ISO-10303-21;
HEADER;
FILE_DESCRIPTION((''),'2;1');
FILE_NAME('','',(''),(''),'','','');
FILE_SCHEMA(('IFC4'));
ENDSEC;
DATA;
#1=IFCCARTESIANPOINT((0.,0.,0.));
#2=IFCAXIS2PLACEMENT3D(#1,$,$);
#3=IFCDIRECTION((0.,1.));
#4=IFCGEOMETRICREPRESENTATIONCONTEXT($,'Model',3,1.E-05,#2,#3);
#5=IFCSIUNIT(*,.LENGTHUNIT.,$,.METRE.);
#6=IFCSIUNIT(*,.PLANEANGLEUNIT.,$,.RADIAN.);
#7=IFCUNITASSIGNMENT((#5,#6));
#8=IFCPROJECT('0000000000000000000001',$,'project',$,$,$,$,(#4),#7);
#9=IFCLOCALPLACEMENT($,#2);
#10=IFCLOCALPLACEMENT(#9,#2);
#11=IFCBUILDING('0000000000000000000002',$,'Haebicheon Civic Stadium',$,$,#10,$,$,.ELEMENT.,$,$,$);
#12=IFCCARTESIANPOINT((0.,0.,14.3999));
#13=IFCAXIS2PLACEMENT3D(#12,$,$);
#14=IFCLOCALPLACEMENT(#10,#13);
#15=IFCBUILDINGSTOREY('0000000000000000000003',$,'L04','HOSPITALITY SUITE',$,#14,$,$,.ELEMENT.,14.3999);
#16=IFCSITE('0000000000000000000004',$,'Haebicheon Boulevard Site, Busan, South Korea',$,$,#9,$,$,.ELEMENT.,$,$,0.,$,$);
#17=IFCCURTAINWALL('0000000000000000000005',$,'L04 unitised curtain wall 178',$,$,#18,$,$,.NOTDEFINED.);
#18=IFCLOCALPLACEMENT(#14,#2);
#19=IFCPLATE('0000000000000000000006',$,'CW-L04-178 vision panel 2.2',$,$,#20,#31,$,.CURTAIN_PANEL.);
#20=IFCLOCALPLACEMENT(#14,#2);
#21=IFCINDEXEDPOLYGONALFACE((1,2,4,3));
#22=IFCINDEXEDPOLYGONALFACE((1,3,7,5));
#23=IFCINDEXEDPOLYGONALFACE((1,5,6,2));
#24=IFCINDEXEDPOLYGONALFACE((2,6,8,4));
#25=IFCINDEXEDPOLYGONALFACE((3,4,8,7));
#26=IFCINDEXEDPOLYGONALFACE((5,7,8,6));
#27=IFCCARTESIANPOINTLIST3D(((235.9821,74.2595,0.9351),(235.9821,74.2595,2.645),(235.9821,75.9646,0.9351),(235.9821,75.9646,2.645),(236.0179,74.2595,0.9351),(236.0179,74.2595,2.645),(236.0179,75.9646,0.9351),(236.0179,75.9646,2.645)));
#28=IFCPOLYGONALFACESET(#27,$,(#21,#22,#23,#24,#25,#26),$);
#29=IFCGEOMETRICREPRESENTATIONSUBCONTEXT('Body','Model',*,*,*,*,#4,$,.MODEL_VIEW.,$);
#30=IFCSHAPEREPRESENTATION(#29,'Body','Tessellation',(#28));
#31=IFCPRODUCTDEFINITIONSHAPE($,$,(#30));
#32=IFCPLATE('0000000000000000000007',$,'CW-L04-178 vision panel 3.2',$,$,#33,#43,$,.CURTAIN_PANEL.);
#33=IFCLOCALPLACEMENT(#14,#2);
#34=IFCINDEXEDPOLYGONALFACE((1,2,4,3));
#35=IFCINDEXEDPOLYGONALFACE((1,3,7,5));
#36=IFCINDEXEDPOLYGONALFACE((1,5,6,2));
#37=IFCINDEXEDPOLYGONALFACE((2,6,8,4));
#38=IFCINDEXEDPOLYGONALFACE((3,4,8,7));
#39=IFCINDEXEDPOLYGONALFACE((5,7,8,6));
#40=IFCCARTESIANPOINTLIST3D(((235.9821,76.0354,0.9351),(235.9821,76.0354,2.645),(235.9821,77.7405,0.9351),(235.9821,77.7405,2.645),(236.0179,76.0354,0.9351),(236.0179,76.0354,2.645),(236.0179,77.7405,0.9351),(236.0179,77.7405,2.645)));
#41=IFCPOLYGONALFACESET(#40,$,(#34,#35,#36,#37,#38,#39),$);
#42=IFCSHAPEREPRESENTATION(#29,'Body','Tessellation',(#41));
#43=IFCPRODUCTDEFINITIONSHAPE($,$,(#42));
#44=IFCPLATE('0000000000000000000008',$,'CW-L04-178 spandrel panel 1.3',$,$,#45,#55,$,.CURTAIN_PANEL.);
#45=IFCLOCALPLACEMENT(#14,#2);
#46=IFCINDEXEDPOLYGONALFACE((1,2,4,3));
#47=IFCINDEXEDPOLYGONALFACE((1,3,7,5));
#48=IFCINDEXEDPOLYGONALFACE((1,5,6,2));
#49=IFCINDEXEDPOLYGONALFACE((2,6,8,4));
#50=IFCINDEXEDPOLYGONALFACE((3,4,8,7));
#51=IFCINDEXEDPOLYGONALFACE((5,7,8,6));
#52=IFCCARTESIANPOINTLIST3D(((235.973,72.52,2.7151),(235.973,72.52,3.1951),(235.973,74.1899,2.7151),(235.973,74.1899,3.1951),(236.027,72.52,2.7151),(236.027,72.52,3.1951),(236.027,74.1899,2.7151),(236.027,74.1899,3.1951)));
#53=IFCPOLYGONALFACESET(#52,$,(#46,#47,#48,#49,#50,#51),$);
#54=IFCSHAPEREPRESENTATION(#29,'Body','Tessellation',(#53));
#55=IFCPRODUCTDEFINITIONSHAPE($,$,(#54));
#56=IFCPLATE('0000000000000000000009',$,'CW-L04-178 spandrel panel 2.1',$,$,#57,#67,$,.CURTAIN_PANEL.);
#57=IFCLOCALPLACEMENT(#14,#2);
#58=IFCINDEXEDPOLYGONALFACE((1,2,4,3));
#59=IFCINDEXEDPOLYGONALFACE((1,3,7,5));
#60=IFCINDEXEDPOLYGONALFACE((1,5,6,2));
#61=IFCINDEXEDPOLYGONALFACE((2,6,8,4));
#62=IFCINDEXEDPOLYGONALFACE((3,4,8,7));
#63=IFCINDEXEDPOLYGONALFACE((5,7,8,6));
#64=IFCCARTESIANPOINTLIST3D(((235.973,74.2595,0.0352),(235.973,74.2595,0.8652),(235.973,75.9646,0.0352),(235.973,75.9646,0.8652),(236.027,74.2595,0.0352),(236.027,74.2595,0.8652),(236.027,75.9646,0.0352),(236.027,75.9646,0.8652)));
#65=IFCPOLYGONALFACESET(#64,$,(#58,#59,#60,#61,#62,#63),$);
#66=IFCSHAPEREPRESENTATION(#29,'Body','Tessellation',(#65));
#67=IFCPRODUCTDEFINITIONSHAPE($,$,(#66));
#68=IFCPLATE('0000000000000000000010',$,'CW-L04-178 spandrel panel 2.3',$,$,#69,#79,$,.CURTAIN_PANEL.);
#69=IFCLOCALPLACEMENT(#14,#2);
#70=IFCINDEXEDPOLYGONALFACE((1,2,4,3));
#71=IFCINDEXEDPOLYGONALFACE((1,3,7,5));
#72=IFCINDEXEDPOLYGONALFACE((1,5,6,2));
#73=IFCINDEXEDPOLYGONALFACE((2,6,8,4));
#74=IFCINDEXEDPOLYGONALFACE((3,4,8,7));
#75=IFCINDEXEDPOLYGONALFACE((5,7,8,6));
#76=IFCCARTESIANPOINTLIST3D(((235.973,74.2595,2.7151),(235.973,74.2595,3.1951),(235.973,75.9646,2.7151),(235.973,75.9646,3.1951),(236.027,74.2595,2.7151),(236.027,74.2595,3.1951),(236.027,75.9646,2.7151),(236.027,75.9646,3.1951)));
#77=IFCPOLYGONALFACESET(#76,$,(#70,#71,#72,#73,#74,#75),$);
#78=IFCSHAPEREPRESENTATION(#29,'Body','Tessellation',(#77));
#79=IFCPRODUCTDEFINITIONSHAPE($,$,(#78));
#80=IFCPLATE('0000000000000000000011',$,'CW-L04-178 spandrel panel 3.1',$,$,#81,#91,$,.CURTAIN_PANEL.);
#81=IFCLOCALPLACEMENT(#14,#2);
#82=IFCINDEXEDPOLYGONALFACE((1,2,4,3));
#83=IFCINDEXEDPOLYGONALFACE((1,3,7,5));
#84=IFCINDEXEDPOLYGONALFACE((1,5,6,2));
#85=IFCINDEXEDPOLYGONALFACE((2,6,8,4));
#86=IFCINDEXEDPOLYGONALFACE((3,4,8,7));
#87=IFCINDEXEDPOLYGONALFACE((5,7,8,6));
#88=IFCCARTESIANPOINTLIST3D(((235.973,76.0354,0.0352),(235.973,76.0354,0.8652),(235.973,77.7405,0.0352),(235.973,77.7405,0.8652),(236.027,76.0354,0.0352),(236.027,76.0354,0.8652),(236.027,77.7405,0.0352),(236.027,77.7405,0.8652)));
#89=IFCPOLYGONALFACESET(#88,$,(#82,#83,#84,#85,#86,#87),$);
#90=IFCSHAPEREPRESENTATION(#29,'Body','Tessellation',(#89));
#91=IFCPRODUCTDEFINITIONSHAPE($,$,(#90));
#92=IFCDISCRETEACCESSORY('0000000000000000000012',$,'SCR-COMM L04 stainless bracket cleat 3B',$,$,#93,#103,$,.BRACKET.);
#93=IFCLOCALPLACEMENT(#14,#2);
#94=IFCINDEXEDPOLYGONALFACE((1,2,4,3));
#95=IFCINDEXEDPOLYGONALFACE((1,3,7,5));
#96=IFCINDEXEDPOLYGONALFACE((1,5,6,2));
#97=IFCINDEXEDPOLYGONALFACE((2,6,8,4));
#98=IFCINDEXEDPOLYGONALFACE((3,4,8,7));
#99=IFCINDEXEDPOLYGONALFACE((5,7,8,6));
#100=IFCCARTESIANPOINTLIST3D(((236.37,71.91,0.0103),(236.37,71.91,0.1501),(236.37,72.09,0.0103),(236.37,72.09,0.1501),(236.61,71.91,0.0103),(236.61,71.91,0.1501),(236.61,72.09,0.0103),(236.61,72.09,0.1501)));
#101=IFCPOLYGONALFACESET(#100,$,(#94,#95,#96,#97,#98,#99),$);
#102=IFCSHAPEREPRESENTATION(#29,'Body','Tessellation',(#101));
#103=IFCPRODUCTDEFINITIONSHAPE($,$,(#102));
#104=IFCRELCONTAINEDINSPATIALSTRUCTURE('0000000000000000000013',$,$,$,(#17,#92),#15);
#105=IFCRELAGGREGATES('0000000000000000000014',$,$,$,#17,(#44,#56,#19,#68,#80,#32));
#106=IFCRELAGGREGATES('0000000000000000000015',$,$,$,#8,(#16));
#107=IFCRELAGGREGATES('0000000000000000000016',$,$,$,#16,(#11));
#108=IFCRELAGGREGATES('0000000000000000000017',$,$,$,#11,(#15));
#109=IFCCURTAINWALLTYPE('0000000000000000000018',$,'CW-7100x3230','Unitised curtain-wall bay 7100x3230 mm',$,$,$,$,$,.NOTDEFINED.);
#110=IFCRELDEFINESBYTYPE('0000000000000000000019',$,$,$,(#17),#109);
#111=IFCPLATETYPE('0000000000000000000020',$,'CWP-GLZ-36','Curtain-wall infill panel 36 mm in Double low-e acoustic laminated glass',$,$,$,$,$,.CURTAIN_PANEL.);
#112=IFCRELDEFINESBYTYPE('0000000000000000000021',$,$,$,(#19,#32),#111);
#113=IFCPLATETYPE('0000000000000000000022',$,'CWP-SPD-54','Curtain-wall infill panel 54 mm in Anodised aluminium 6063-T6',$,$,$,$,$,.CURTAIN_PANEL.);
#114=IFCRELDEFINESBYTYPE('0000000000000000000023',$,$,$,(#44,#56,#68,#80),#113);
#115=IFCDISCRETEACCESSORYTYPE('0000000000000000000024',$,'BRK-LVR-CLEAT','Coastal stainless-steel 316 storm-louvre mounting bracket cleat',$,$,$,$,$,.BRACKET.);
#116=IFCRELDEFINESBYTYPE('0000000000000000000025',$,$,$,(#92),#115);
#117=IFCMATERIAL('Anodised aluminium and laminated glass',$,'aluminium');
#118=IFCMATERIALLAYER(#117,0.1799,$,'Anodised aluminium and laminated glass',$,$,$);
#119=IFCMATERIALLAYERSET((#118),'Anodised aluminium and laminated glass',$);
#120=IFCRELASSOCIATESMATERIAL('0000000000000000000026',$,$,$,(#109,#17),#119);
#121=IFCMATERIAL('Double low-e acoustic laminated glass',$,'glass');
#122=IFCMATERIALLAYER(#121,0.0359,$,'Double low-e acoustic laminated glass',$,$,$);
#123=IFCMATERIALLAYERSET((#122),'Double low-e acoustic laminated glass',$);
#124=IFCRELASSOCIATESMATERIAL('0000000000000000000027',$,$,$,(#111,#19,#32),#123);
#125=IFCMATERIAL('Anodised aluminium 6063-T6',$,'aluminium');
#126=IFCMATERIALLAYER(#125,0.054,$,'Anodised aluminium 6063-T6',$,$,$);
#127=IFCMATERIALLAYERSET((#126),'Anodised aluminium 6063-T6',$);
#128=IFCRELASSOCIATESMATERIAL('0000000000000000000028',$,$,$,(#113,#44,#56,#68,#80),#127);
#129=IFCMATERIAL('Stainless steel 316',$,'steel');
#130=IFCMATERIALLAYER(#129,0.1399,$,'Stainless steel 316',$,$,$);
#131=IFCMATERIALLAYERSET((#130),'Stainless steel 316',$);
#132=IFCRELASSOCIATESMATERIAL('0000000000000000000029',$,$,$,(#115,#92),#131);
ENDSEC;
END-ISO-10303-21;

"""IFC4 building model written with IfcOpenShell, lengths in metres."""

from ifc_helpers import new_model, si_unit, direction, frame, origin, origin_2d, place, context, subcontext, project, spatial, rectangle, extrude, material, layer, layer_set, type_object, element, aggregate, save


model = new_model("IFC4")

# Units and contexts
model_context = context("Model", 3, precision=1e-05, world=origin(), true_north=direction((0.0, 1.0)))
body_context = subcontext(model_context, "Body", "Model", "MODEL_VIEW")
ifc_project = project(units=[si_unit("LENGTHUNIT", "METRE"), si_unit("PLANEANGLEUNIT", "RADIAN")], contexts=[model_context])

# Site, building, storey
site_placement = place(None, origin())
site = spatial("IfcSite", under=ifc_project, at=site_placement, Name="Haebicheon Boulevard Site, Busan, South Korea", CompositionType="ELEMENT", RefElevation=0.0)
building_placement = place(site_placement, origin())
building = spatial("IfcBuilding", under=site, at=building_placement, Name="Haebicheon Civic Stadium", CompositionType="ELEMENT")
storey_placement = place(building_placement, frame((0.0, 0.0, 14.3999)))
storey = spatial("IfcBuildingStorey", under=building, at=storey_placement, Name="L04", Description="HOSPITALITY SUITE", CompositionType="ELEMENT", Elevation=14.3999)

# Curtain wall
ifc_material_1 = material(Name="Anodised aluminium and laminated glass", Category="aluminium")
ifc_layer_1 = layer(ifc_material_1, 0.1799, Name="Anodised aluminium and laminated glass")
ifc_layer_set_1 = layer_set([ifc_layer_1], Name="Anodised aluminium and laminated glass")
curtain_wall_type = type_object("IfcCurtainWallType", Name="CW-7100x3230", Description="Unitised curtain-wall bay 7100x3230 mm", PredefinedType="NOTDEFINED", material=ifc_layer_set_1)
curtain_wall_placement = place(storey_placement, origin())
curtain_wall = element("IfcCurtainWall", 1, at=curtain_wall_placement, inside=storey, type_object=curtain_wall_type, material=ifc_layer_set_1, Name="L04 unitised curtain wall 178", PredefinedType="NOTDEFINED")

# Plates
ifc_material_2 = material(Name="Double low-e acoustic laminated glass", Category="glass")
ifc_layer_2 = layer(ifc_material_2, 0.0359, Name="Double low-e acoustic laminated glass")
ifc_layer_set_2 = layer_set([ifc_layer_2], Name="Double low-e acoustic laminated glass")
plate_type_1 = type_object("IfcPlateType", Name="CWP-GLZ-36", Description="Curtain-wall infill panel 36 mm in Double low-e acoustic laminated glass", PredefinedType="CURTAIN_PANEL", material=ifc_layer_set_2)
plate_1_placement = place(storey_placement, frame((236.0, 75.1121, 0.9351), z_axis=(0.0, 0.0, 1.0), x_axis=(0.0, 1.0, 0.0)))
plate_1 = element("IfcPlate", 2, at=plate_1_placement, type_object=plate_type_1, material=ifc_layer_set_2, Name="CW-L04-178 vision panel 2.2", PredefinedType="CURTAIN_PANEL", context=body_context, shape_type="SweptSolid", body=[
    extrude(rectangle(XDim=1.7051, YDim=0.0359, at=origin_2d()), origin(), (0.0, 0.0, 1.0), 1.71),
])
plate_2_placement = place(storey_placement, frame((236.0, 76.8879, 0.9351), z_axis=(0.0, 0.0, 1.0), x_axis=(0.0, 1.0, 0.0)))
plate_2 = element("IfcPlate", 3, at=plate_2_placement, type_object=plate_type_1, material=ifc_layer_set_2, Name="CW-L04-178 vision panel 3.2", PredefinedType="CURTAIN_PANEL", context=body_context, shape_type="SweptSolid", body=[
    extrude(rectangle(XDim=1.7051, YDim=0.0359, at=origin_2d()), origin(), (0.0, 0.0, 1.0), 1.71),
])
ifc_material_3 = material(Name="Anodised aluminium 6063-T6", Category="aluminium")
ifc_layer_3 = layer(ifc_material_3, 0.054, Name="Anodised aluminium 6063-T6")
ifc_layer_set_3 = layer_set([ifc_layer_3], Name="Anodised aluminium 6063-T6")
plate_type_2 = type_object("IfcPlateType", Name="CWP-SPD-54", Description="Curtain-wall infill panel 54 mm in Anodised aluminium 6063-T6", PredefinedType="CURTAIN_PANEL", material=ifc_layer_set_3)
plate_3_placement = place(storey_placement, frame((236.0, 73.355, 2.7151), z_axis=(0.0, 0.0, 1.0), x_axis=(0.0, 1.0, 0.0)))
plate_3 = element("IfcPlate", 4, at=plate_3_placement, type_object=plate_type_2, material=ifc_layer_set_3, Name="CW-L04-178 spandrel panel 1.3", PredefinedType="CURTAIN_PANEL", context=body_context, shape_type="SweptSolid", body=[
    extrude(rectangle(XDim=1.6699, YDim=0.054, at=origin_2d()), origin(), (0.0, 0.0, 1.0), 0.48),
])
plate_4_placement = place(storey_placement, frame((236.0, 75.1121, 0.0352), z_axis=(0.0, 0.0, 1.0), x_axis=(0.0, 1.0, 0.0)))
plate_4 = element("IfcPlate", 5, at=plate_4_placement, type_object=plate_type_2, material=ifc_layer_set_3, Name="CW-L04-178 spandrel panel 2.1", PredefinedType="CURTAIN_PANEL", context=body_context, shape_type="SweptSolid", body=[
    extrude(rectangle(XDim=1.7051, YDim=0.054, at=origin_2d()), origin(), (0.0, 0.0, 1.0), 0.8301),
])
plate_5_placement = place(storey_placement, frame((236.0, 75.1121, 2.7151), z_axis=(0.0, 0.0, 1.0), x_axis=(0.0, 1.0, 0.0)))
plate_5 = element("IfcPlate", 6, at=plate_5_placement, type_object=plate_type_2, material=ifc_layer_set_3, Name="CW-L04-178 spandrel panel 2.3", PredefinedType="CURTAIN_PANEL", context=body_context, shape_type="SweptSolid", body=[
    extrude(rectangle(XDim=1.7051, YDim=0.054, at=origin_2d()), origin(), (0.0, 0.0, 1.0), 0.48),
])
plate_6_placement = place(storey_placement, frame((236.0, 76.8879, 0.0352), z_axis=(0.0, 0.0, 1.0), x_axis=(0.0, 1.0, 0.0)))
plate_6 = element("IfcPlate", 7, at=plate_6_placement, type_object=plate_type_2, material=ifc_layer_set_3, Name="CW-L04-178 spandrel panel 3.1", PredefinedType="CURTAIN_PANEL", context=body_context, shape_type="SweptSolid", body=[
    extrude(rectangle(XDim=1.7051, YDim=0.054, at=origin_2d()), origin(), (0.0, 0.0, 1.0), 0.8301),
])
aggregate(curtain_wall, [plate_3, plate_4, plate_1, plate_5, plate_6, plate_2])

# Discrete accessory
ifc_material_4 = material(Name="Stainless steel 316", Category="steel")
ifc_layer_4 = layer(ifc_material_4, 0.1399, Name="Stainless steel 316")
ifc_layer_set_4 = layer_set([ifc_layer_4], Name="Stainless steel 316")
discrete_accessory_type = type_object("IfcDiscreteAccessoryType", Name="BRK-LVR-CLEAT", Description="Coastal stainless-steel 316 storm-louvre mounting bracket cleat", PredefinedType="BRACKET", material=ifc_layer_set_4)
discrete_accessory_placement = place(storey_placement, frame((236.49, 72.0, 0.0103), z_axis=(0.0, 0.0, 1.0), x_axis=(1.0, 0.0, 0.0)))
element("IfcDiscreteAccessory", 8, at=discrete_accessory_placement, inside=storey, type_object=discrete_accessory_type, material=ifc_layer_set_4, Name="SCR-COMM L04 stainless bracket cleat 3B", PredefinedType="BRACKET", context=body_context, shape_type="SweptSolid", body=[
    extrude(rectangle(XDim=0.24, YDim=0.1799, at=origin_2d()), origin(), (0.0, 0.0, 1.0), 0.1399),
])

save(model, "model.ifc")
